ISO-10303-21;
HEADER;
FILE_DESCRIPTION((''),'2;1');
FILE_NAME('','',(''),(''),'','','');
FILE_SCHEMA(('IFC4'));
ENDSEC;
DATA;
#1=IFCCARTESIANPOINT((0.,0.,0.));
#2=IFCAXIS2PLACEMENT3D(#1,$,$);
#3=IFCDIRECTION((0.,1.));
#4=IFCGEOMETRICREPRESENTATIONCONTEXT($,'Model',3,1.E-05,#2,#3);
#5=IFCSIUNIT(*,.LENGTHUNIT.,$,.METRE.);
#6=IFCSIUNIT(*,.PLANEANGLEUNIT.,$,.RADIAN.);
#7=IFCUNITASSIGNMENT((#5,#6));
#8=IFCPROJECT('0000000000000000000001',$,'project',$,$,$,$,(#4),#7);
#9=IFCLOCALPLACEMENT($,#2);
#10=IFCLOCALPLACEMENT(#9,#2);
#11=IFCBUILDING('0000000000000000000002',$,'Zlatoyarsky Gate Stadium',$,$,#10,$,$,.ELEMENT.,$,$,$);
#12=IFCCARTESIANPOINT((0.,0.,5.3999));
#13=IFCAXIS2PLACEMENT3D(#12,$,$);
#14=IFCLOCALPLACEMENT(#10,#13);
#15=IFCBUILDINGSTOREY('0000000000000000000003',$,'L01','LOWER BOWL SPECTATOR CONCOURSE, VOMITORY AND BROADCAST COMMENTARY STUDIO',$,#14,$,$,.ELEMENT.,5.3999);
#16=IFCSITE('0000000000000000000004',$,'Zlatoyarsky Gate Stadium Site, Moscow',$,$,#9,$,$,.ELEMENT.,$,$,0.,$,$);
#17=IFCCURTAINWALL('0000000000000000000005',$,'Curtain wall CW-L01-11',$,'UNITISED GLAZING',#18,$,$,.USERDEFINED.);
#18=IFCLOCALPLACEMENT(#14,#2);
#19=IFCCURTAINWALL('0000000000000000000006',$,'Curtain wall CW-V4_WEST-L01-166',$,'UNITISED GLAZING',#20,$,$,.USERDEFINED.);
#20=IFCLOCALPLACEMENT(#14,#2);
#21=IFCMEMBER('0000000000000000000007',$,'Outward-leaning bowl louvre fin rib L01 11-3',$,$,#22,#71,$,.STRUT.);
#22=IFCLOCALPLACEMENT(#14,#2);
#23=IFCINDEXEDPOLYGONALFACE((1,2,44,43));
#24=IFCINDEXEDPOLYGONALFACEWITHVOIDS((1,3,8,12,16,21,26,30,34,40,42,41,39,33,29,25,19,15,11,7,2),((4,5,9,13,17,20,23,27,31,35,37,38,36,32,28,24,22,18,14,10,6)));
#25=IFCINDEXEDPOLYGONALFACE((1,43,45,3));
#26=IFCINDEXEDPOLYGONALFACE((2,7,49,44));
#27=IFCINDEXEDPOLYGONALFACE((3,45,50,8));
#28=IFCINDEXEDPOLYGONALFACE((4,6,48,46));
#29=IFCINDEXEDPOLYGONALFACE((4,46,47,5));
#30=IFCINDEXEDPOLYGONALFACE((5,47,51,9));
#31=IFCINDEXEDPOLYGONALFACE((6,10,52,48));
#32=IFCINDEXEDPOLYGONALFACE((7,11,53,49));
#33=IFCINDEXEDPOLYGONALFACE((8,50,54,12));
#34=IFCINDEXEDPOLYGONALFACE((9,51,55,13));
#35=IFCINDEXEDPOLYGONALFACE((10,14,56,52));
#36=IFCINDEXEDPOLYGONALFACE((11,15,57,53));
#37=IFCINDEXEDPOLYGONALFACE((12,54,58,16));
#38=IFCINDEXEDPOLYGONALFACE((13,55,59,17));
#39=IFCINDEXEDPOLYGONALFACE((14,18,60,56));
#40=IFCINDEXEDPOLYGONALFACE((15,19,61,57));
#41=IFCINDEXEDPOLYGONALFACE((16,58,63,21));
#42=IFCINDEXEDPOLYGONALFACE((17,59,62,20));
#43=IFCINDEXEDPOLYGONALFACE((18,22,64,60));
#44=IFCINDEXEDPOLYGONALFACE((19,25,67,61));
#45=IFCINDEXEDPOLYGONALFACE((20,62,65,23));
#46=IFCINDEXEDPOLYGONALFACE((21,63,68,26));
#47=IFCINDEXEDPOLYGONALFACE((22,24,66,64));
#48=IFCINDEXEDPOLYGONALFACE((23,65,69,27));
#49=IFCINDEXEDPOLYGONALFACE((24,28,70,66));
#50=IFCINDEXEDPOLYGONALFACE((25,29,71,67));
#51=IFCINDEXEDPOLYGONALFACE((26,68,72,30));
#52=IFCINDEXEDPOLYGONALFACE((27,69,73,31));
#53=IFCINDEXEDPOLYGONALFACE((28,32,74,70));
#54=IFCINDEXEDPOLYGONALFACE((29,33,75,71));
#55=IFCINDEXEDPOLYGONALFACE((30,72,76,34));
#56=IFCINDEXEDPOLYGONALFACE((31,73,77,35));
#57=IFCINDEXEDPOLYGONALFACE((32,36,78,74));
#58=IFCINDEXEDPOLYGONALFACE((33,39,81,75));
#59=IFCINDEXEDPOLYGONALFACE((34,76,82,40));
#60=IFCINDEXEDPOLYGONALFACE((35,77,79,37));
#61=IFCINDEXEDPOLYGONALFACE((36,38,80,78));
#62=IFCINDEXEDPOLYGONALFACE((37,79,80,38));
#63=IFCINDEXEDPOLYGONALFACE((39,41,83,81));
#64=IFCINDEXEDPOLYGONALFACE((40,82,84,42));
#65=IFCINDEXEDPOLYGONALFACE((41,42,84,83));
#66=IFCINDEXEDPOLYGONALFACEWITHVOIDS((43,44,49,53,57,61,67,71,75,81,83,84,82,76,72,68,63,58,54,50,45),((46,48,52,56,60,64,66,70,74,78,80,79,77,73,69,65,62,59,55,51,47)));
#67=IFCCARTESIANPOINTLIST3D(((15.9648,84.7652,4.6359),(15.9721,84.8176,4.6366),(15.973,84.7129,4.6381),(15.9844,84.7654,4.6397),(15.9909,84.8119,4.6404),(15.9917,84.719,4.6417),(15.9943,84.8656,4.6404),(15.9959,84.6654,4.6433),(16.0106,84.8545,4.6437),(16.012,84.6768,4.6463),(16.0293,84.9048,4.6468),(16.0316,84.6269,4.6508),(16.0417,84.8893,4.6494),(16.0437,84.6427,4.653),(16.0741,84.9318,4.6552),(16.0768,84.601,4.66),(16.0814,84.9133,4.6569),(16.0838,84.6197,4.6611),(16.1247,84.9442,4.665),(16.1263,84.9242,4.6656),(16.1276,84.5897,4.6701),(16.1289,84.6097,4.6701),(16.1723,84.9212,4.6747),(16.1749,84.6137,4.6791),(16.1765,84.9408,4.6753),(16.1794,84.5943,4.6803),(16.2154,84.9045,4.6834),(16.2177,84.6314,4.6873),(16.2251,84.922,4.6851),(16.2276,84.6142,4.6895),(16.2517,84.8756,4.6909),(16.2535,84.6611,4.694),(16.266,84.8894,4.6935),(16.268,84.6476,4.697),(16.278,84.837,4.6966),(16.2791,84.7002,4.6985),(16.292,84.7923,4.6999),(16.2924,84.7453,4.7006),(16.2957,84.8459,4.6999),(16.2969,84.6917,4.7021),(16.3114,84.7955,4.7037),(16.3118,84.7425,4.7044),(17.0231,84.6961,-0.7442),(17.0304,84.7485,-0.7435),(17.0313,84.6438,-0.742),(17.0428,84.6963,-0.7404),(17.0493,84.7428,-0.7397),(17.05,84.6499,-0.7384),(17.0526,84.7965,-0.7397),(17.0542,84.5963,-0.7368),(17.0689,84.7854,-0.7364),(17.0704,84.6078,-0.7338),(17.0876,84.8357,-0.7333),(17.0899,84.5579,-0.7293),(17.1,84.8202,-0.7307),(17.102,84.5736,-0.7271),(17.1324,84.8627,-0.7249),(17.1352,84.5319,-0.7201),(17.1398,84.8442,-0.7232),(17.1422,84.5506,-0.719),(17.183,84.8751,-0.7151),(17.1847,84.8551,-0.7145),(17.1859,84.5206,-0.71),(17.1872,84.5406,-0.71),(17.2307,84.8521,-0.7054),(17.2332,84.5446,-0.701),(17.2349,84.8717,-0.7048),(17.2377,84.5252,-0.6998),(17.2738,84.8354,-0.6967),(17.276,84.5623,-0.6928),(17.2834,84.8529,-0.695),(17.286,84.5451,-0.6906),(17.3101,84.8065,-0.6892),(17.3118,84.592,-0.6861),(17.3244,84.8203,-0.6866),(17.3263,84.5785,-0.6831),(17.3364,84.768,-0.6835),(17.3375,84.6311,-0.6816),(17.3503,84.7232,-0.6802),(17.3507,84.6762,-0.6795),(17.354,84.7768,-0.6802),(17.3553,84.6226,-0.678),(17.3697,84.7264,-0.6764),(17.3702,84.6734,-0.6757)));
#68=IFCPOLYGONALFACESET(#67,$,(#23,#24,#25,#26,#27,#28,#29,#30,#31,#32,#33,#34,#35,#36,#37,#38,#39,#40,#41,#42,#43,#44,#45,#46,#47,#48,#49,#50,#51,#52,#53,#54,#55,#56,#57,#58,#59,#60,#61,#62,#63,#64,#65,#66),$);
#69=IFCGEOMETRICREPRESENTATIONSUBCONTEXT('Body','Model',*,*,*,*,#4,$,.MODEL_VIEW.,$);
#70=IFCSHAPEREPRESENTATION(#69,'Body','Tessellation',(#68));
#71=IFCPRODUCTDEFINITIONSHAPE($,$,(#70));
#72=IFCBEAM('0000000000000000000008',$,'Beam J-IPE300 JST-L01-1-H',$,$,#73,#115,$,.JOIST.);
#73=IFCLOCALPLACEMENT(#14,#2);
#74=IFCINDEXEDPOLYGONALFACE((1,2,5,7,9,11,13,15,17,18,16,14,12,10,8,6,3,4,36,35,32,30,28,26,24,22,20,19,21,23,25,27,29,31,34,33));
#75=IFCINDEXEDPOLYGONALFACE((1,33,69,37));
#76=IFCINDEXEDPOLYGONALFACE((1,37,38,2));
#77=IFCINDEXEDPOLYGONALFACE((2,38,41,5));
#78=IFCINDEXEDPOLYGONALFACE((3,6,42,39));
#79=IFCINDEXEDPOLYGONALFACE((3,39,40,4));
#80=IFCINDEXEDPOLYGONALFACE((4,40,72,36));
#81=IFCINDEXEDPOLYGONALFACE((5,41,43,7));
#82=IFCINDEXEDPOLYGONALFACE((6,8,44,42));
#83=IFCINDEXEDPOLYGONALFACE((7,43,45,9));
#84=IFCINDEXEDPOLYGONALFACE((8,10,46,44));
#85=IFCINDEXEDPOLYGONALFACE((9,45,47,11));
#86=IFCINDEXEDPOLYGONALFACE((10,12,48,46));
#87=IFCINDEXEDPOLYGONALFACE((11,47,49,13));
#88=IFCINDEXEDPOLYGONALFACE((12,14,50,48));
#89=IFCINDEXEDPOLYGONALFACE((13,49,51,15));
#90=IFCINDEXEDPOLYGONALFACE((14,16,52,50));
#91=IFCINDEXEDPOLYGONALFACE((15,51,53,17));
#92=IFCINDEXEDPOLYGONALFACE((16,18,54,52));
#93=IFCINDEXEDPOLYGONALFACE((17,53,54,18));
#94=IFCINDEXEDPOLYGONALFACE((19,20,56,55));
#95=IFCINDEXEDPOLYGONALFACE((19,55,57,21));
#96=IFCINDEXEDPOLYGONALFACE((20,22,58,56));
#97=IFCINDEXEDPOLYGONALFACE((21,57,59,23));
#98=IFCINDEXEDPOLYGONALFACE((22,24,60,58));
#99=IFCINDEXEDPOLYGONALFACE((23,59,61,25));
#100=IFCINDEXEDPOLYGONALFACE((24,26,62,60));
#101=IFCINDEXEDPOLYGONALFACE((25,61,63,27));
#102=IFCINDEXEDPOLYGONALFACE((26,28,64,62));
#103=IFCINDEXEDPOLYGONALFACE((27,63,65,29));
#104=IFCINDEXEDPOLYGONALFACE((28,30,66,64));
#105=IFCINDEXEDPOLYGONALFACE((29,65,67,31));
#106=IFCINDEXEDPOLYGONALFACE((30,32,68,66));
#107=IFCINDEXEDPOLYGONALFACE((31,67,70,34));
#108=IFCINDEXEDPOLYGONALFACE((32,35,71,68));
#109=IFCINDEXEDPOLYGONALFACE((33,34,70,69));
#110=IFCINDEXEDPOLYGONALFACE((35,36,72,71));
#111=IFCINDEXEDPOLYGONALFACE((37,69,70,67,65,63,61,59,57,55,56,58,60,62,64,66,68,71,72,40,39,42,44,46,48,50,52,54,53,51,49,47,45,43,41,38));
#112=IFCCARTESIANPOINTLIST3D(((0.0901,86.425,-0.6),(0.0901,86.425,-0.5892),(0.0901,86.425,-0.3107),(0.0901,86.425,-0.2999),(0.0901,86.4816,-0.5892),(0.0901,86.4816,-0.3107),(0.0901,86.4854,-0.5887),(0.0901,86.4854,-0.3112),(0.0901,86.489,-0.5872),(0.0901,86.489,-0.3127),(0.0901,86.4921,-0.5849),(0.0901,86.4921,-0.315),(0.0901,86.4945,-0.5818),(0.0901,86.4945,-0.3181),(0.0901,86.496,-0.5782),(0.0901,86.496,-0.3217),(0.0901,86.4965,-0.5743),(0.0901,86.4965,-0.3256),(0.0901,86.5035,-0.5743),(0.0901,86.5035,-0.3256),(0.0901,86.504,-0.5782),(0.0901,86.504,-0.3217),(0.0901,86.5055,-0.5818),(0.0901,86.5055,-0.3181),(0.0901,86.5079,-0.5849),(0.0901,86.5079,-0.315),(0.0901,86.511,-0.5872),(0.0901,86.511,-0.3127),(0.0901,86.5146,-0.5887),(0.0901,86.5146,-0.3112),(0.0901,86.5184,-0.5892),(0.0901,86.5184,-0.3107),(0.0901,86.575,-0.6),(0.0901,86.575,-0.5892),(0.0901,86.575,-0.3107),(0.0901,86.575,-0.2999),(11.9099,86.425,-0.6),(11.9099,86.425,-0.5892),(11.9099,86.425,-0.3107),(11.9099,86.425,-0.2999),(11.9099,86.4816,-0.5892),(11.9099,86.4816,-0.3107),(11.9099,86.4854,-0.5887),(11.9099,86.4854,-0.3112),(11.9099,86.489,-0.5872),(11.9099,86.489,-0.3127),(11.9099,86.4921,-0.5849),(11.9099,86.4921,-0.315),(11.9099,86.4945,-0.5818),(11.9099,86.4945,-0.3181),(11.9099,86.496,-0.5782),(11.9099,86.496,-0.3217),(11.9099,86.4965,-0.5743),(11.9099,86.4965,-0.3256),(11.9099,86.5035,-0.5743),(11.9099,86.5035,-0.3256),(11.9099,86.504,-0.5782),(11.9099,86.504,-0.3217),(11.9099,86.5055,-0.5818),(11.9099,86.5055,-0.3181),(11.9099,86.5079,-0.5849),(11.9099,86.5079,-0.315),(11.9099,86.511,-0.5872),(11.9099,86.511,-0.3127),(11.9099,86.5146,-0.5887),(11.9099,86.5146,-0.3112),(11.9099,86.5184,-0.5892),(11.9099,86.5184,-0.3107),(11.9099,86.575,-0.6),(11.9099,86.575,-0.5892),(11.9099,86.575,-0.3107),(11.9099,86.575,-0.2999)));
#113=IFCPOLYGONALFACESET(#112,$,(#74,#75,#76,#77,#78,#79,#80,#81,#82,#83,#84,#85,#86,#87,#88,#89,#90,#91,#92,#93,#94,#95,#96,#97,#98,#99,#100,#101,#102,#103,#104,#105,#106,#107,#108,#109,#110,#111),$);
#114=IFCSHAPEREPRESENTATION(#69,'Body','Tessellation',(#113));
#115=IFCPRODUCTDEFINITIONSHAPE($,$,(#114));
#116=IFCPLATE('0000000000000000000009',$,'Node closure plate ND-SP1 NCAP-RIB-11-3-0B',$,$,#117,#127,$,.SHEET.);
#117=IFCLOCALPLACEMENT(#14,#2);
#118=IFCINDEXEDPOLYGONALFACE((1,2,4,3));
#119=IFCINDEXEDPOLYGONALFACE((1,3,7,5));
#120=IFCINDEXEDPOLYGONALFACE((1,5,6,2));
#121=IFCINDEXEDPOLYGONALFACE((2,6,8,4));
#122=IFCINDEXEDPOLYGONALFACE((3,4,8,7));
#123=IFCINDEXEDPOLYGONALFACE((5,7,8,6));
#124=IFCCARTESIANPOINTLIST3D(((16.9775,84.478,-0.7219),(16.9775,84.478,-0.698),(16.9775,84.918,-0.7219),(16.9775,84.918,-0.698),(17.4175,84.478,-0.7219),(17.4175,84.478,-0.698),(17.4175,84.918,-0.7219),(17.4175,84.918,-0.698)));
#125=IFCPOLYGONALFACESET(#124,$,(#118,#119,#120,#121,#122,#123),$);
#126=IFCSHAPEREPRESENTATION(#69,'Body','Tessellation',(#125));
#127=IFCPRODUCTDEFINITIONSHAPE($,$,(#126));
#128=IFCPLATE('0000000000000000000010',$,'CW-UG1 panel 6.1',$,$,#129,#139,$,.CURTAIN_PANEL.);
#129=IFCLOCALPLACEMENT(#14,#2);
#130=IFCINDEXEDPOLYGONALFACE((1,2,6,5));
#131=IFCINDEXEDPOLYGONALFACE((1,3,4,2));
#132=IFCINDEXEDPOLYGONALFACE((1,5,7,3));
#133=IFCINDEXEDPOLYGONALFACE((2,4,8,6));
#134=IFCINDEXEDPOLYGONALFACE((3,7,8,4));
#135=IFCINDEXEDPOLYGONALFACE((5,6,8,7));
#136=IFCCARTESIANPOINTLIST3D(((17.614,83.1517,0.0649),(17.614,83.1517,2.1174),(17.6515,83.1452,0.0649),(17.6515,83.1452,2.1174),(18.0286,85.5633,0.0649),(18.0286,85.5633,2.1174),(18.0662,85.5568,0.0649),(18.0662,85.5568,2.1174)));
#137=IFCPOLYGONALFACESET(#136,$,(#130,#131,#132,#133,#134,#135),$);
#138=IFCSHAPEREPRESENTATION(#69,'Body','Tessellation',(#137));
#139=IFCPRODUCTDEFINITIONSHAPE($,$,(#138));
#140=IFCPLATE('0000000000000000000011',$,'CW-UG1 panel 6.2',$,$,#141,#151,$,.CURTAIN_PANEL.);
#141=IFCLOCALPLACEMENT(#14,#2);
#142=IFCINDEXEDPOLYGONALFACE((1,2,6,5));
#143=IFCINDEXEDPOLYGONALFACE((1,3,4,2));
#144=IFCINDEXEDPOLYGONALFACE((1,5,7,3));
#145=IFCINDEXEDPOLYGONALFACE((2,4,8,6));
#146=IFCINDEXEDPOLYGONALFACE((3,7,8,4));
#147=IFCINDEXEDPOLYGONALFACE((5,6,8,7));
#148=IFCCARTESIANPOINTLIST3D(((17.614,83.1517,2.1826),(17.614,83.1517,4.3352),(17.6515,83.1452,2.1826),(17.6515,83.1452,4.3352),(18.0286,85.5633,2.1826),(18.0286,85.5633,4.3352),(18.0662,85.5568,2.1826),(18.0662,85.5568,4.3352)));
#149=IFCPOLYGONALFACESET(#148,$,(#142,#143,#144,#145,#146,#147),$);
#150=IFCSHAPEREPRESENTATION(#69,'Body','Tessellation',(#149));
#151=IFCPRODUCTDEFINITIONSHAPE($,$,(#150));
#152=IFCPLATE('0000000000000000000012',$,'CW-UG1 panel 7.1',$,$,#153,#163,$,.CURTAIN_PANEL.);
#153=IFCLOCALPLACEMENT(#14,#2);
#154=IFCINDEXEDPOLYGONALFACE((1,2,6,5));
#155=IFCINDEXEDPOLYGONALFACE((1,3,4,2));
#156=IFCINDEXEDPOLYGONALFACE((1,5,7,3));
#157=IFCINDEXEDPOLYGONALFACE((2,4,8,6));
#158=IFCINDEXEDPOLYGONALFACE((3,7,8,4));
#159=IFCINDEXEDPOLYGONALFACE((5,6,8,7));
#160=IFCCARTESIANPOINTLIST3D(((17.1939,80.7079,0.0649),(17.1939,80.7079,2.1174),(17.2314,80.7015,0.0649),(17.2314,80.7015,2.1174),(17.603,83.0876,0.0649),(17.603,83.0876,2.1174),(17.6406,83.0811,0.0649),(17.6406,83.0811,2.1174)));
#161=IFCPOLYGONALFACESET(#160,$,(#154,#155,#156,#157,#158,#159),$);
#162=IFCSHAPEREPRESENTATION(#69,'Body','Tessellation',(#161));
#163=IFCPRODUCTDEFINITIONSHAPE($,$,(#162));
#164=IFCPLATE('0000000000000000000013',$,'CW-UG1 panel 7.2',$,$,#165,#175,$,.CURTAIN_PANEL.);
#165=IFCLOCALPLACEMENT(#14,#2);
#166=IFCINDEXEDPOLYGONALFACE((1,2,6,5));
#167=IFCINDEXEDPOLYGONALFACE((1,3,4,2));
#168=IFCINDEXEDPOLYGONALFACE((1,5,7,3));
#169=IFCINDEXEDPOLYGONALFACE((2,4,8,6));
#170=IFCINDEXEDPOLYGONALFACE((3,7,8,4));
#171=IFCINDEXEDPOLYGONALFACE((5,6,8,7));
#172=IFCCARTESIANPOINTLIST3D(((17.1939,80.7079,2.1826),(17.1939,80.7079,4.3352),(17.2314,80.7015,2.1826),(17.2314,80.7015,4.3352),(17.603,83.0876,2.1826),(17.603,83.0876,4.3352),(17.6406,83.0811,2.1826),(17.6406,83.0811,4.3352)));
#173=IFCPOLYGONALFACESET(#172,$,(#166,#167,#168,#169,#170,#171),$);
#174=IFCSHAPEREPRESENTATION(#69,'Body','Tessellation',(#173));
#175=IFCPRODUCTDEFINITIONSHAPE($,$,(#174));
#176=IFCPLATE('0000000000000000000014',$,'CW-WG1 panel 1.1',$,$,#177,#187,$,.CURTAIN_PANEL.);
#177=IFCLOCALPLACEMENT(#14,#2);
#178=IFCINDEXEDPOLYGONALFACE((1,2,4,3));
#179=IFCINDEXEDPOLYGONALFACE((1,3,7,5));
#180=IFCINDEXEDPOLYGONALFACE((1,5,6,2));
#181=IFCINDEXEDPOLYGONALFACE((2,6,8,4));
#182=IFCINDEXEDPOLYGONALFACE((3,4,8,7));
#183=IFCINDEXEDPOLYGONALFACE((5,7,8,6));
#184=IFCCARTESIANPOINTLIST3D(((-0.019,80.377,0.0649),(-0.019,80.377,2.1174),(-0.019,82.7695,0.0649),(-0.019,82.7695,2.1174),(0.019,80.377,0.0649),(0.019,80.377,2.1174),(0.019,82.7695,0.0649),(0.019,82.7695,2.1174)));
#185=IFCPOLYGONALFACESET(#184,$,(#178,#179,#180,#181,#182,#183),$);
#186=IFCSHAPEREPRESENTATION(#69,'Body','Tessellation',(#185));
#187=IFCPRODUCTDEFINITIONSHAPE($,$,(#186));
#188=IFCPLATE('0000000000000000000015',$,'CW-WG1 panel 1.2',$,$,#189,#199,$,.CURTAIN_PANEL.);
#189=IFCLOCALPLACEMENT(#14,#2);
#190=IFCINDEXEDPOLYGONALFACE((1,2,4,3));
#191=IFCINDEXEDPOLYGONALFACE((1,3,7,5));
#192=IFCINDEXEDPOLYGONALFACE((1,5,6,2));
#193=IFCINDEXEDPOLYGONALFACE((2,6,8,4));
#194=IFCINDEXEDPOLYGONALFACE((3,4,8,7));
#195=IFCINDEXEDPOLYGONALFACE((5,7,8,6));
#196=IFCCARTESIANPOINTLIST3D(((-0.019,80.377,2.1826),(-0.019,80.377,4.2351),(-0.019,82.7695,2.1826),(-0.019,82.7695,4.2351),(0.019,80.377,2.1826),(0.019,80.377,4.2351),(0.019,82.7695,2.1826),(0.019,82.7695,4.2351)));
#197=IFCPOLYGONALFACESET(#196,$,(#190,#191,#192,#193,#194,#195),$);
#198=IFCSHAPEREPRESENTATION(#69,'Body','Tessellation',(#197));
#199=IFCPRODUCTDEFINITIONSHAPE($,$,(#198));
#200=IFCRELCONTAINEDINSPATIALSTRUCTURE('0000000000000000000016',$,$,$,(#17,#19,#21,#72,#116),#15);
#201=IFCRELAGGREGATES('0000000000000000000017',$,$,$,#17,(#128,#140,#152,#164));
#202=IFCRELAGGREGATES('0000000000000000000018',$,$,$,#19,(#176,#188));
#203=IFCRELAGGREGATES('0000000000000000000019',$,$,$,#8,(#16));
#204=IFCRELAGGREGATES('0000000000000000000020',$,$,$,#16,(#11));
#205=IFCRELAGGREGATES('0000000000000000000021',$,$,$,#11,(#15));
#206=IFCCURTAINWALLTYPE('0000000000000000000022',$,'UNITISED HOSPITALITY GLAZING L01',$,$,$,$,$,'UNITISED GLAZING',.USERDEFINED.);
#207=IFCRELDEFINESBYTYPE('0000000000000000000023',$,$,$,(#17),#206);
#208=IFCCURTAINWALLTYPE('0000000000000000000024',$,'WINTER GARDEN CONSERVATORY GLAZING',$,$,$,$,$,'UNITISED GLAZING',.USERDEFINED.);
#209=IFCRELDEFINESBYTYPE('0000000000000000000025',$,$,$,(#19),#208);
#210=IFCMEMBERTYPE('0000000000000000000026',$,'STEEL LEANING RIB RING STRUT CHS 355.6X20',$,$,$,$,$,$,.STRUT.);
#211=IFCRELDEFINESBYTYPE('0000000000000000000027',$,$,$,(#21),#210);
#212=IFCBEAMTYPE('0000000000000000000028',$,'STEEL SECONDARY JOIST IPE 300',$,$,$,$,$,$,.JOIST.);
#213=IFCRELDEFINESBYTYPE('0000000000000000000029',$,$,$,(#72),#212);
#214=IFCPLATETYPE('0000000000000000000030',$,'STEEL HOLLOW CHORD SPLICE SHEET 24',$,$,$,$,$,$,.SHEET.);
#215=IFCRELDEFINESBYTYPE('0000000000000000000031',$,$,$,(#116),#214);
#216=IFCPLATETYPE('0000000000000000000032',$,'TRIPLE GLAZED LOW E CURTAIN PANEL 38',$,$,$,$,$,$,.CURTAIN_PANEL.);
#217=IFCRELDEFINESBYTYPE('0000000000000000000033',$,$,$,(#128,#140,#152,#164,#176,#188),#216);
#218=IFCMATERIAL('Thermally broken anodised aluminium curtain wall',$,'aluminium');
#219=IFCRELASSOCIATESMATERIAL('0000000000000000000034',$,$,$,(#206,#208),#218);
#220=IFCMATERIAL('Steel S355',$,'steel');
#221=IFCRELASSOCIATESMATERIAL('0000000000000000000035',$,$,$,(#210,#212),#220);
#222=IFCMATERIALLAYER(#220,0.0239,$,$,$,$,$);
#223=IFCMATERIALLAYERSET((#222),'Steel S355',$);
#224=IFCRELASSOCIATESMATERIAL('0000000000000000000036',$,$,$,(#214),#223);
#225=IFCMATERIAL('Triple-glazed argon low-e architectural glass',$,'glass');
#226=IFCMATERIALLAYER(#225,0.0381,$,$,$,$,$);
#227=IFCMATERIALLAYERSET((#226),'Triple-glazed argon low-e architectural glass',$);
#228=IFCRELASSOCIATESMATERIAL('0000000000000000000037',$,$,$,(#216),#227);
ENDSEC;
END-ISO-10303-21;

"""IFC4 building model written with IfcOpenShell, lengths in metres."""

from ifc_helpers import new_model, si_unit, direction, frame, origin, origin_2d, place, context, subcontext, project, spatial, rectangle, hollow_circle, i_section, extrude, material, layer, layer_set, material_profile, profile_set, type_object, element, aggregate, save


model = new_model("IFC4")

# Units and contexts
model_context = context("Model", 3, precision=1e-05, world=origin(), true_north=direction((0.0, 1.0)))
body_context = subcontext(model_context, "Body", "Model", "MODEL_VIEW")
ifc_project = project(units=[si_unit("LENGTHUNIT", "METRE"), si_unit("PLANEANGLEUNIT", "RADIAN")], contexts=[model_context])

# Site, building, storey
site_placement = place(None, origin())
site = spatial("IfcSite", under=ifc_project, at=site_placement, Name="Zlatoyarsky Gate Stadium Site, Moscow", CompositionType="ELEMENT", RefElevation=0.0)
building_placement = place(site_placement, origin())
building = spatial("IfcBuilding", under=site, at=building_placement, Name="Zlatoyarsky Gate Stadium", CompositionType="ELEMENT")
storey_placement = place(building_placement, frame((0.0, 0.0, 5.3999)))
storey = spatial("IfcBuildingStorey", under=building, at=storey_placement, Name="L01", Description="LOWER BOWL SPECTATOR CONCOURSE, VOMITORY AND BROADCAST COMMENTARY STUDIO", CompositionType="ELEMENT", Elevation=5.3999)

# Curtain walls
ifc_material_1 = material(Name="Thermally broken anodised aluminium curtain wall", Category="aluminium")
curtain_wall_type_1 = type_object("IfcCurtainWallType", Name="UNITISED HOSPITALITY GLAZING L01", ElementType="UNITISED GLAZING", PredefinedType="USERDEFINED", material=ifc_material_1)
curtain_wall_1_placement = place(storey_placement, origin())
curtain_wall_1 = element("IfcCurtainWall", 1, at=curtain_wall_1_placement, inside=storey, type_object=curtain_wall_type_1, Name="Curtain wall CW-L01-11", ObjectType="UNITISED GLAZING", PredefinedType="USERDEFINED")
curtain_wall_type_2 = type_object("IfcCurtainWallType", Name="WINTER GARDEN CONSERVATORY GLAZING", ElementType="UNITISED GLAZING", PredefinedType="USERDEFINED", material=ifc_material_1)
curtain_wall_2_placement = place(storey_placement, origin())
curtain_wall_2 = element("IfcCurtainWall", 2, at=curtain_wall_2_placement, inside=storey, type_object=curtain_wall_type_2, Name="Curtain wall CW-V4_WEST-L01-166", ObjectType="UNITISED GLAZING", PredefinedType="USERDEFINED")

# Member
ifc_material_2 = material(Name="Steel S355", Category="steel")
ifc_material_profile_1 = material_profile(ifc_material_2, hollow_circle(Radius=0.1777, WallThickness=0.02, at=origin_2d()), Name="CHS 355.6X20")
ifc_profile_set_1 = profile_set([ifc_material_profile_1], Name="Steel S355")
member_type_1 = type_object("IfcMemberType", Name="STEEL LEANING RIB RING STRUT CHS 355.6X20", PredefinedType="STRUT", material=ifc_profile_set_1)
member_1_placement = place(storey_placement, frame((17.1975, 84.698, -0.71), z_axis=(-0.193, 0.0126, 0.981118), x_axis=(-0.065144, -0.997876, 0.0)))
element("IfcMember", 3, at=member_1_placement, inside=storey, type_object=member_type_1, Name="Outward-leaning bowl louvre fin rib L01 11-3", PredefinedType="STRUT", context=body_context, shape_type="SweptSolid", body=[
    extrude(hollow_circle(Radius=0.1777, WallThickness=0.02, at=origin_2d()), origin(), (0.0, 0.0, 1.0), 5.4836),
])

# Beam
ifc_material_profile_2 = material_profile(ifc_material_2, i_section(OverallWidth=0.1499, OverallDepth=0.3, WebThickness=0.0071, FlangeThickness=0.0107, FilletRadius=0.0149, at=origin_2d()), Name="IPE 300")
ifc_profile_set_2 = profile_set([ifc_material_profile_2], Name="Steel S355")
beam_type = type_object("IfcBeamType", Name="STEEL SECONDARY JOIST IPE 300", PredefinedType="JOIST", material=ifc_profile_set_2)
beam_placement = place(storey_placement, frame((0.0901, 86.5, -0.45), z_axis=(1.0, 0.0, 0.0), x_axis=(0.0, 1.0, 0.0)))
element("IfcBeam", 4, at=beam_placement, inside=storey, type_object=beam_type, Name="Beam J-IPE300 JST-L01-1-H", PredefinedType="JOIST", context=body_context, shape_type="SweptSolid", body=[
    extrude(i_section(OverallWidth=0.1499, OverallDepth=0.3, WebThickness=0.0071, FlangeThickness=0.0107, FilletRadius=0.0149, at=origin_2d()), origin(), (0.0, 0.0, 1.0), 11.8198),
])

# Plates
ifc_layer_1 = layer(ifc_material_2, 0.0239)
ifc_layer_set_1 = layer_set([ifc_layer_1], Name="Steel S355")
plate_type_1 = type_object("IfcPlateType", Name="STEEL HOLLOW CHORD SPLICE SHEET 24", PredefinedType="SHEET", material=ifc_layer_set_1)
plate_1_placement = place(storey_placement, frame((17.1975, 84.698, -0.7219), z_axis=(0.0, 0.0, 1.0), x_axis=(1.0, 0.0, 0.0)))
element("IfcPlate", 5, at=plate_1_placement, inside=storey, type_object=plate_type_1, Name="Node closure plate ND-SP1 NCAP-RIB-11-3-0B", PredefinedType="SHEET", context=body_context, shape_type="SweptSolid", body=[
    extrude(rectangle(XDim=0.4399, YDim=0.4399, at=origin_2d()), origin(), (0.0, 0.0, 1.0), 0.0239),
])
ifc_material_3 = material(Name="Triple-glazed argon low-e architectural glass", Category="glass")
ifc_layer_2 = layer(ifc_material_3, 0.0381)
ifc_layer_set_2 = layer_set([ifc_layer_2], Name="Triple-glazed argon low-e architectural glass")
plate_type_2 = type_object("IfcPlateType", Name="TRIPLE GLAZED LOW E CURTAIN PANEL 38", PredefinedType="CURTAIN_PANEL", material=ifc_layer_set_2)
plate_2_placement = place(storey_placement, frame((17.8401, 84.3542, 0.0649), z_axis=(0.0, 0.0, 1.0), x_axis=(-0.169451, -0.985539, 0.0)))
plate_2 = element("IfcPlate", 6, at=plate_2_placement, type_object=plate_type_2, Name="CW-UG1 panel 6.1", PredefinedType="CURTAIN_PANEL", context=body_context, shape_type="SweptSolid", body=[
    extrude(rectangle(XDim=2.447, YDim=0.0381, at=origin_2d()), origin(), (0.0, 0.0, 1.0), 2.0525),
])
plate_3_placement = place(storey_placement, frame((17.8401, 84.3542, 2.1826), z_axis=(0.0, 0.0, 1.0), x_axis=(-0.169451, -0.985539, 0.0)))
plate_3 = element("IfcPlate", 7, at=plate_3_placement, type_object=plate_type_2, Name="CW-UG1 panel 6.2", PredefinedType="CURTAIN_PANEL", context=body_context, shape_type="SweptSolid", body=[
    extrude(rectangle(XDim=2.447, YDim=0.0381, at=origin_2d()), origin(), (0.0, 0.0, 1.0), 2.1526),
])
plate_4_placement = place(storey_placement, frame((17.4172, 81.8945, 0.0649), z_axis=(0.0, 0.0, 1.0), x_axis=(-0.169451, -0.985539, 0.0)))
plate_4 = element("IfcPlate", 8, at=plate_4_placement, type_object=plate_type_2, Name="CW-UG1 panel 7.1", PredefinedType="CURTAIN_PANEL", context=body_context, shape_type="SweptSolid", body=[
    extrude(rectangle(XDim=2.4146, YDim=0.0381, at=origin_2d()), origin(), (0.0, 0.0, 1.0), 2.0525),
])
plate_5_placement = place(storey_placement, frame((17.4172, 81.8945, 2.1826), z_axis=(0.0, 0.0, 1.0), x_axis=(-0.169451, -0.985539, 0.0)))
plate_5 = element("IfcPlate", 9, at=plate_5_placement, type_object=plate_type_2, Name="CW-UG1 panel 7.2", PredefinedType="CURTAIN_PANEL", context=body_context, shape_type="SweptSolid", body=[
    extrude(rectangle(XDim=2.4146, YDim=0.0381, at=origin_2d()), origin(), (0.0, 0.0, 1.0), 2.1526),
])
aggregate(curtain_wall_1, [plate_2, plate_3, plate_4, plate_5])
plate_6_placement = place(storey_placement, frame((0.0, 81.5732, 0.0649), z_axis=(0.0, 0.0, 1.0), x_axis=(0.0, 1.0, 0.0)))
plate_6 = element("IfcPlate", 10, at=plate_6_placement, type_object=plate_type_2, Name="CW-WG1 panel 1.1", PredefinedType="CURTAIN_PANEL", context=body_context, shape_type="SweptSolid", body=[
    extrude(rectangle(XDim=2.3926, YDim=0.0381, at=origin_2d()), origin(), (0.0, 0.0, 1.0), 2.0525),
])
plate_7_placement = place(storey_placement, frame((0.0, 81.5732, 2.1826), z_axis=(0.0, 0.0, 1.0), x_axis=(0.0, 1.0, 0.0)))
plate_7 = element("IfcPlate", 11, at=plate_7_placement, type_object=plate_type_2, Name="CW-WG1 panel 1.2", PredefinedType="CURTAIN_PANEL", context=body_context, shape_type="SweptSolid", body=[
    extrude(rectangle(XDim=2.3926, YDim=0.0381, at=origin_2d()), origin(), (0.0, 0.0, 1.0), 2.0525),
])
aggregate(curtain_wall_2, [plate_6, plate_7])

save(model, "model.ifc")
